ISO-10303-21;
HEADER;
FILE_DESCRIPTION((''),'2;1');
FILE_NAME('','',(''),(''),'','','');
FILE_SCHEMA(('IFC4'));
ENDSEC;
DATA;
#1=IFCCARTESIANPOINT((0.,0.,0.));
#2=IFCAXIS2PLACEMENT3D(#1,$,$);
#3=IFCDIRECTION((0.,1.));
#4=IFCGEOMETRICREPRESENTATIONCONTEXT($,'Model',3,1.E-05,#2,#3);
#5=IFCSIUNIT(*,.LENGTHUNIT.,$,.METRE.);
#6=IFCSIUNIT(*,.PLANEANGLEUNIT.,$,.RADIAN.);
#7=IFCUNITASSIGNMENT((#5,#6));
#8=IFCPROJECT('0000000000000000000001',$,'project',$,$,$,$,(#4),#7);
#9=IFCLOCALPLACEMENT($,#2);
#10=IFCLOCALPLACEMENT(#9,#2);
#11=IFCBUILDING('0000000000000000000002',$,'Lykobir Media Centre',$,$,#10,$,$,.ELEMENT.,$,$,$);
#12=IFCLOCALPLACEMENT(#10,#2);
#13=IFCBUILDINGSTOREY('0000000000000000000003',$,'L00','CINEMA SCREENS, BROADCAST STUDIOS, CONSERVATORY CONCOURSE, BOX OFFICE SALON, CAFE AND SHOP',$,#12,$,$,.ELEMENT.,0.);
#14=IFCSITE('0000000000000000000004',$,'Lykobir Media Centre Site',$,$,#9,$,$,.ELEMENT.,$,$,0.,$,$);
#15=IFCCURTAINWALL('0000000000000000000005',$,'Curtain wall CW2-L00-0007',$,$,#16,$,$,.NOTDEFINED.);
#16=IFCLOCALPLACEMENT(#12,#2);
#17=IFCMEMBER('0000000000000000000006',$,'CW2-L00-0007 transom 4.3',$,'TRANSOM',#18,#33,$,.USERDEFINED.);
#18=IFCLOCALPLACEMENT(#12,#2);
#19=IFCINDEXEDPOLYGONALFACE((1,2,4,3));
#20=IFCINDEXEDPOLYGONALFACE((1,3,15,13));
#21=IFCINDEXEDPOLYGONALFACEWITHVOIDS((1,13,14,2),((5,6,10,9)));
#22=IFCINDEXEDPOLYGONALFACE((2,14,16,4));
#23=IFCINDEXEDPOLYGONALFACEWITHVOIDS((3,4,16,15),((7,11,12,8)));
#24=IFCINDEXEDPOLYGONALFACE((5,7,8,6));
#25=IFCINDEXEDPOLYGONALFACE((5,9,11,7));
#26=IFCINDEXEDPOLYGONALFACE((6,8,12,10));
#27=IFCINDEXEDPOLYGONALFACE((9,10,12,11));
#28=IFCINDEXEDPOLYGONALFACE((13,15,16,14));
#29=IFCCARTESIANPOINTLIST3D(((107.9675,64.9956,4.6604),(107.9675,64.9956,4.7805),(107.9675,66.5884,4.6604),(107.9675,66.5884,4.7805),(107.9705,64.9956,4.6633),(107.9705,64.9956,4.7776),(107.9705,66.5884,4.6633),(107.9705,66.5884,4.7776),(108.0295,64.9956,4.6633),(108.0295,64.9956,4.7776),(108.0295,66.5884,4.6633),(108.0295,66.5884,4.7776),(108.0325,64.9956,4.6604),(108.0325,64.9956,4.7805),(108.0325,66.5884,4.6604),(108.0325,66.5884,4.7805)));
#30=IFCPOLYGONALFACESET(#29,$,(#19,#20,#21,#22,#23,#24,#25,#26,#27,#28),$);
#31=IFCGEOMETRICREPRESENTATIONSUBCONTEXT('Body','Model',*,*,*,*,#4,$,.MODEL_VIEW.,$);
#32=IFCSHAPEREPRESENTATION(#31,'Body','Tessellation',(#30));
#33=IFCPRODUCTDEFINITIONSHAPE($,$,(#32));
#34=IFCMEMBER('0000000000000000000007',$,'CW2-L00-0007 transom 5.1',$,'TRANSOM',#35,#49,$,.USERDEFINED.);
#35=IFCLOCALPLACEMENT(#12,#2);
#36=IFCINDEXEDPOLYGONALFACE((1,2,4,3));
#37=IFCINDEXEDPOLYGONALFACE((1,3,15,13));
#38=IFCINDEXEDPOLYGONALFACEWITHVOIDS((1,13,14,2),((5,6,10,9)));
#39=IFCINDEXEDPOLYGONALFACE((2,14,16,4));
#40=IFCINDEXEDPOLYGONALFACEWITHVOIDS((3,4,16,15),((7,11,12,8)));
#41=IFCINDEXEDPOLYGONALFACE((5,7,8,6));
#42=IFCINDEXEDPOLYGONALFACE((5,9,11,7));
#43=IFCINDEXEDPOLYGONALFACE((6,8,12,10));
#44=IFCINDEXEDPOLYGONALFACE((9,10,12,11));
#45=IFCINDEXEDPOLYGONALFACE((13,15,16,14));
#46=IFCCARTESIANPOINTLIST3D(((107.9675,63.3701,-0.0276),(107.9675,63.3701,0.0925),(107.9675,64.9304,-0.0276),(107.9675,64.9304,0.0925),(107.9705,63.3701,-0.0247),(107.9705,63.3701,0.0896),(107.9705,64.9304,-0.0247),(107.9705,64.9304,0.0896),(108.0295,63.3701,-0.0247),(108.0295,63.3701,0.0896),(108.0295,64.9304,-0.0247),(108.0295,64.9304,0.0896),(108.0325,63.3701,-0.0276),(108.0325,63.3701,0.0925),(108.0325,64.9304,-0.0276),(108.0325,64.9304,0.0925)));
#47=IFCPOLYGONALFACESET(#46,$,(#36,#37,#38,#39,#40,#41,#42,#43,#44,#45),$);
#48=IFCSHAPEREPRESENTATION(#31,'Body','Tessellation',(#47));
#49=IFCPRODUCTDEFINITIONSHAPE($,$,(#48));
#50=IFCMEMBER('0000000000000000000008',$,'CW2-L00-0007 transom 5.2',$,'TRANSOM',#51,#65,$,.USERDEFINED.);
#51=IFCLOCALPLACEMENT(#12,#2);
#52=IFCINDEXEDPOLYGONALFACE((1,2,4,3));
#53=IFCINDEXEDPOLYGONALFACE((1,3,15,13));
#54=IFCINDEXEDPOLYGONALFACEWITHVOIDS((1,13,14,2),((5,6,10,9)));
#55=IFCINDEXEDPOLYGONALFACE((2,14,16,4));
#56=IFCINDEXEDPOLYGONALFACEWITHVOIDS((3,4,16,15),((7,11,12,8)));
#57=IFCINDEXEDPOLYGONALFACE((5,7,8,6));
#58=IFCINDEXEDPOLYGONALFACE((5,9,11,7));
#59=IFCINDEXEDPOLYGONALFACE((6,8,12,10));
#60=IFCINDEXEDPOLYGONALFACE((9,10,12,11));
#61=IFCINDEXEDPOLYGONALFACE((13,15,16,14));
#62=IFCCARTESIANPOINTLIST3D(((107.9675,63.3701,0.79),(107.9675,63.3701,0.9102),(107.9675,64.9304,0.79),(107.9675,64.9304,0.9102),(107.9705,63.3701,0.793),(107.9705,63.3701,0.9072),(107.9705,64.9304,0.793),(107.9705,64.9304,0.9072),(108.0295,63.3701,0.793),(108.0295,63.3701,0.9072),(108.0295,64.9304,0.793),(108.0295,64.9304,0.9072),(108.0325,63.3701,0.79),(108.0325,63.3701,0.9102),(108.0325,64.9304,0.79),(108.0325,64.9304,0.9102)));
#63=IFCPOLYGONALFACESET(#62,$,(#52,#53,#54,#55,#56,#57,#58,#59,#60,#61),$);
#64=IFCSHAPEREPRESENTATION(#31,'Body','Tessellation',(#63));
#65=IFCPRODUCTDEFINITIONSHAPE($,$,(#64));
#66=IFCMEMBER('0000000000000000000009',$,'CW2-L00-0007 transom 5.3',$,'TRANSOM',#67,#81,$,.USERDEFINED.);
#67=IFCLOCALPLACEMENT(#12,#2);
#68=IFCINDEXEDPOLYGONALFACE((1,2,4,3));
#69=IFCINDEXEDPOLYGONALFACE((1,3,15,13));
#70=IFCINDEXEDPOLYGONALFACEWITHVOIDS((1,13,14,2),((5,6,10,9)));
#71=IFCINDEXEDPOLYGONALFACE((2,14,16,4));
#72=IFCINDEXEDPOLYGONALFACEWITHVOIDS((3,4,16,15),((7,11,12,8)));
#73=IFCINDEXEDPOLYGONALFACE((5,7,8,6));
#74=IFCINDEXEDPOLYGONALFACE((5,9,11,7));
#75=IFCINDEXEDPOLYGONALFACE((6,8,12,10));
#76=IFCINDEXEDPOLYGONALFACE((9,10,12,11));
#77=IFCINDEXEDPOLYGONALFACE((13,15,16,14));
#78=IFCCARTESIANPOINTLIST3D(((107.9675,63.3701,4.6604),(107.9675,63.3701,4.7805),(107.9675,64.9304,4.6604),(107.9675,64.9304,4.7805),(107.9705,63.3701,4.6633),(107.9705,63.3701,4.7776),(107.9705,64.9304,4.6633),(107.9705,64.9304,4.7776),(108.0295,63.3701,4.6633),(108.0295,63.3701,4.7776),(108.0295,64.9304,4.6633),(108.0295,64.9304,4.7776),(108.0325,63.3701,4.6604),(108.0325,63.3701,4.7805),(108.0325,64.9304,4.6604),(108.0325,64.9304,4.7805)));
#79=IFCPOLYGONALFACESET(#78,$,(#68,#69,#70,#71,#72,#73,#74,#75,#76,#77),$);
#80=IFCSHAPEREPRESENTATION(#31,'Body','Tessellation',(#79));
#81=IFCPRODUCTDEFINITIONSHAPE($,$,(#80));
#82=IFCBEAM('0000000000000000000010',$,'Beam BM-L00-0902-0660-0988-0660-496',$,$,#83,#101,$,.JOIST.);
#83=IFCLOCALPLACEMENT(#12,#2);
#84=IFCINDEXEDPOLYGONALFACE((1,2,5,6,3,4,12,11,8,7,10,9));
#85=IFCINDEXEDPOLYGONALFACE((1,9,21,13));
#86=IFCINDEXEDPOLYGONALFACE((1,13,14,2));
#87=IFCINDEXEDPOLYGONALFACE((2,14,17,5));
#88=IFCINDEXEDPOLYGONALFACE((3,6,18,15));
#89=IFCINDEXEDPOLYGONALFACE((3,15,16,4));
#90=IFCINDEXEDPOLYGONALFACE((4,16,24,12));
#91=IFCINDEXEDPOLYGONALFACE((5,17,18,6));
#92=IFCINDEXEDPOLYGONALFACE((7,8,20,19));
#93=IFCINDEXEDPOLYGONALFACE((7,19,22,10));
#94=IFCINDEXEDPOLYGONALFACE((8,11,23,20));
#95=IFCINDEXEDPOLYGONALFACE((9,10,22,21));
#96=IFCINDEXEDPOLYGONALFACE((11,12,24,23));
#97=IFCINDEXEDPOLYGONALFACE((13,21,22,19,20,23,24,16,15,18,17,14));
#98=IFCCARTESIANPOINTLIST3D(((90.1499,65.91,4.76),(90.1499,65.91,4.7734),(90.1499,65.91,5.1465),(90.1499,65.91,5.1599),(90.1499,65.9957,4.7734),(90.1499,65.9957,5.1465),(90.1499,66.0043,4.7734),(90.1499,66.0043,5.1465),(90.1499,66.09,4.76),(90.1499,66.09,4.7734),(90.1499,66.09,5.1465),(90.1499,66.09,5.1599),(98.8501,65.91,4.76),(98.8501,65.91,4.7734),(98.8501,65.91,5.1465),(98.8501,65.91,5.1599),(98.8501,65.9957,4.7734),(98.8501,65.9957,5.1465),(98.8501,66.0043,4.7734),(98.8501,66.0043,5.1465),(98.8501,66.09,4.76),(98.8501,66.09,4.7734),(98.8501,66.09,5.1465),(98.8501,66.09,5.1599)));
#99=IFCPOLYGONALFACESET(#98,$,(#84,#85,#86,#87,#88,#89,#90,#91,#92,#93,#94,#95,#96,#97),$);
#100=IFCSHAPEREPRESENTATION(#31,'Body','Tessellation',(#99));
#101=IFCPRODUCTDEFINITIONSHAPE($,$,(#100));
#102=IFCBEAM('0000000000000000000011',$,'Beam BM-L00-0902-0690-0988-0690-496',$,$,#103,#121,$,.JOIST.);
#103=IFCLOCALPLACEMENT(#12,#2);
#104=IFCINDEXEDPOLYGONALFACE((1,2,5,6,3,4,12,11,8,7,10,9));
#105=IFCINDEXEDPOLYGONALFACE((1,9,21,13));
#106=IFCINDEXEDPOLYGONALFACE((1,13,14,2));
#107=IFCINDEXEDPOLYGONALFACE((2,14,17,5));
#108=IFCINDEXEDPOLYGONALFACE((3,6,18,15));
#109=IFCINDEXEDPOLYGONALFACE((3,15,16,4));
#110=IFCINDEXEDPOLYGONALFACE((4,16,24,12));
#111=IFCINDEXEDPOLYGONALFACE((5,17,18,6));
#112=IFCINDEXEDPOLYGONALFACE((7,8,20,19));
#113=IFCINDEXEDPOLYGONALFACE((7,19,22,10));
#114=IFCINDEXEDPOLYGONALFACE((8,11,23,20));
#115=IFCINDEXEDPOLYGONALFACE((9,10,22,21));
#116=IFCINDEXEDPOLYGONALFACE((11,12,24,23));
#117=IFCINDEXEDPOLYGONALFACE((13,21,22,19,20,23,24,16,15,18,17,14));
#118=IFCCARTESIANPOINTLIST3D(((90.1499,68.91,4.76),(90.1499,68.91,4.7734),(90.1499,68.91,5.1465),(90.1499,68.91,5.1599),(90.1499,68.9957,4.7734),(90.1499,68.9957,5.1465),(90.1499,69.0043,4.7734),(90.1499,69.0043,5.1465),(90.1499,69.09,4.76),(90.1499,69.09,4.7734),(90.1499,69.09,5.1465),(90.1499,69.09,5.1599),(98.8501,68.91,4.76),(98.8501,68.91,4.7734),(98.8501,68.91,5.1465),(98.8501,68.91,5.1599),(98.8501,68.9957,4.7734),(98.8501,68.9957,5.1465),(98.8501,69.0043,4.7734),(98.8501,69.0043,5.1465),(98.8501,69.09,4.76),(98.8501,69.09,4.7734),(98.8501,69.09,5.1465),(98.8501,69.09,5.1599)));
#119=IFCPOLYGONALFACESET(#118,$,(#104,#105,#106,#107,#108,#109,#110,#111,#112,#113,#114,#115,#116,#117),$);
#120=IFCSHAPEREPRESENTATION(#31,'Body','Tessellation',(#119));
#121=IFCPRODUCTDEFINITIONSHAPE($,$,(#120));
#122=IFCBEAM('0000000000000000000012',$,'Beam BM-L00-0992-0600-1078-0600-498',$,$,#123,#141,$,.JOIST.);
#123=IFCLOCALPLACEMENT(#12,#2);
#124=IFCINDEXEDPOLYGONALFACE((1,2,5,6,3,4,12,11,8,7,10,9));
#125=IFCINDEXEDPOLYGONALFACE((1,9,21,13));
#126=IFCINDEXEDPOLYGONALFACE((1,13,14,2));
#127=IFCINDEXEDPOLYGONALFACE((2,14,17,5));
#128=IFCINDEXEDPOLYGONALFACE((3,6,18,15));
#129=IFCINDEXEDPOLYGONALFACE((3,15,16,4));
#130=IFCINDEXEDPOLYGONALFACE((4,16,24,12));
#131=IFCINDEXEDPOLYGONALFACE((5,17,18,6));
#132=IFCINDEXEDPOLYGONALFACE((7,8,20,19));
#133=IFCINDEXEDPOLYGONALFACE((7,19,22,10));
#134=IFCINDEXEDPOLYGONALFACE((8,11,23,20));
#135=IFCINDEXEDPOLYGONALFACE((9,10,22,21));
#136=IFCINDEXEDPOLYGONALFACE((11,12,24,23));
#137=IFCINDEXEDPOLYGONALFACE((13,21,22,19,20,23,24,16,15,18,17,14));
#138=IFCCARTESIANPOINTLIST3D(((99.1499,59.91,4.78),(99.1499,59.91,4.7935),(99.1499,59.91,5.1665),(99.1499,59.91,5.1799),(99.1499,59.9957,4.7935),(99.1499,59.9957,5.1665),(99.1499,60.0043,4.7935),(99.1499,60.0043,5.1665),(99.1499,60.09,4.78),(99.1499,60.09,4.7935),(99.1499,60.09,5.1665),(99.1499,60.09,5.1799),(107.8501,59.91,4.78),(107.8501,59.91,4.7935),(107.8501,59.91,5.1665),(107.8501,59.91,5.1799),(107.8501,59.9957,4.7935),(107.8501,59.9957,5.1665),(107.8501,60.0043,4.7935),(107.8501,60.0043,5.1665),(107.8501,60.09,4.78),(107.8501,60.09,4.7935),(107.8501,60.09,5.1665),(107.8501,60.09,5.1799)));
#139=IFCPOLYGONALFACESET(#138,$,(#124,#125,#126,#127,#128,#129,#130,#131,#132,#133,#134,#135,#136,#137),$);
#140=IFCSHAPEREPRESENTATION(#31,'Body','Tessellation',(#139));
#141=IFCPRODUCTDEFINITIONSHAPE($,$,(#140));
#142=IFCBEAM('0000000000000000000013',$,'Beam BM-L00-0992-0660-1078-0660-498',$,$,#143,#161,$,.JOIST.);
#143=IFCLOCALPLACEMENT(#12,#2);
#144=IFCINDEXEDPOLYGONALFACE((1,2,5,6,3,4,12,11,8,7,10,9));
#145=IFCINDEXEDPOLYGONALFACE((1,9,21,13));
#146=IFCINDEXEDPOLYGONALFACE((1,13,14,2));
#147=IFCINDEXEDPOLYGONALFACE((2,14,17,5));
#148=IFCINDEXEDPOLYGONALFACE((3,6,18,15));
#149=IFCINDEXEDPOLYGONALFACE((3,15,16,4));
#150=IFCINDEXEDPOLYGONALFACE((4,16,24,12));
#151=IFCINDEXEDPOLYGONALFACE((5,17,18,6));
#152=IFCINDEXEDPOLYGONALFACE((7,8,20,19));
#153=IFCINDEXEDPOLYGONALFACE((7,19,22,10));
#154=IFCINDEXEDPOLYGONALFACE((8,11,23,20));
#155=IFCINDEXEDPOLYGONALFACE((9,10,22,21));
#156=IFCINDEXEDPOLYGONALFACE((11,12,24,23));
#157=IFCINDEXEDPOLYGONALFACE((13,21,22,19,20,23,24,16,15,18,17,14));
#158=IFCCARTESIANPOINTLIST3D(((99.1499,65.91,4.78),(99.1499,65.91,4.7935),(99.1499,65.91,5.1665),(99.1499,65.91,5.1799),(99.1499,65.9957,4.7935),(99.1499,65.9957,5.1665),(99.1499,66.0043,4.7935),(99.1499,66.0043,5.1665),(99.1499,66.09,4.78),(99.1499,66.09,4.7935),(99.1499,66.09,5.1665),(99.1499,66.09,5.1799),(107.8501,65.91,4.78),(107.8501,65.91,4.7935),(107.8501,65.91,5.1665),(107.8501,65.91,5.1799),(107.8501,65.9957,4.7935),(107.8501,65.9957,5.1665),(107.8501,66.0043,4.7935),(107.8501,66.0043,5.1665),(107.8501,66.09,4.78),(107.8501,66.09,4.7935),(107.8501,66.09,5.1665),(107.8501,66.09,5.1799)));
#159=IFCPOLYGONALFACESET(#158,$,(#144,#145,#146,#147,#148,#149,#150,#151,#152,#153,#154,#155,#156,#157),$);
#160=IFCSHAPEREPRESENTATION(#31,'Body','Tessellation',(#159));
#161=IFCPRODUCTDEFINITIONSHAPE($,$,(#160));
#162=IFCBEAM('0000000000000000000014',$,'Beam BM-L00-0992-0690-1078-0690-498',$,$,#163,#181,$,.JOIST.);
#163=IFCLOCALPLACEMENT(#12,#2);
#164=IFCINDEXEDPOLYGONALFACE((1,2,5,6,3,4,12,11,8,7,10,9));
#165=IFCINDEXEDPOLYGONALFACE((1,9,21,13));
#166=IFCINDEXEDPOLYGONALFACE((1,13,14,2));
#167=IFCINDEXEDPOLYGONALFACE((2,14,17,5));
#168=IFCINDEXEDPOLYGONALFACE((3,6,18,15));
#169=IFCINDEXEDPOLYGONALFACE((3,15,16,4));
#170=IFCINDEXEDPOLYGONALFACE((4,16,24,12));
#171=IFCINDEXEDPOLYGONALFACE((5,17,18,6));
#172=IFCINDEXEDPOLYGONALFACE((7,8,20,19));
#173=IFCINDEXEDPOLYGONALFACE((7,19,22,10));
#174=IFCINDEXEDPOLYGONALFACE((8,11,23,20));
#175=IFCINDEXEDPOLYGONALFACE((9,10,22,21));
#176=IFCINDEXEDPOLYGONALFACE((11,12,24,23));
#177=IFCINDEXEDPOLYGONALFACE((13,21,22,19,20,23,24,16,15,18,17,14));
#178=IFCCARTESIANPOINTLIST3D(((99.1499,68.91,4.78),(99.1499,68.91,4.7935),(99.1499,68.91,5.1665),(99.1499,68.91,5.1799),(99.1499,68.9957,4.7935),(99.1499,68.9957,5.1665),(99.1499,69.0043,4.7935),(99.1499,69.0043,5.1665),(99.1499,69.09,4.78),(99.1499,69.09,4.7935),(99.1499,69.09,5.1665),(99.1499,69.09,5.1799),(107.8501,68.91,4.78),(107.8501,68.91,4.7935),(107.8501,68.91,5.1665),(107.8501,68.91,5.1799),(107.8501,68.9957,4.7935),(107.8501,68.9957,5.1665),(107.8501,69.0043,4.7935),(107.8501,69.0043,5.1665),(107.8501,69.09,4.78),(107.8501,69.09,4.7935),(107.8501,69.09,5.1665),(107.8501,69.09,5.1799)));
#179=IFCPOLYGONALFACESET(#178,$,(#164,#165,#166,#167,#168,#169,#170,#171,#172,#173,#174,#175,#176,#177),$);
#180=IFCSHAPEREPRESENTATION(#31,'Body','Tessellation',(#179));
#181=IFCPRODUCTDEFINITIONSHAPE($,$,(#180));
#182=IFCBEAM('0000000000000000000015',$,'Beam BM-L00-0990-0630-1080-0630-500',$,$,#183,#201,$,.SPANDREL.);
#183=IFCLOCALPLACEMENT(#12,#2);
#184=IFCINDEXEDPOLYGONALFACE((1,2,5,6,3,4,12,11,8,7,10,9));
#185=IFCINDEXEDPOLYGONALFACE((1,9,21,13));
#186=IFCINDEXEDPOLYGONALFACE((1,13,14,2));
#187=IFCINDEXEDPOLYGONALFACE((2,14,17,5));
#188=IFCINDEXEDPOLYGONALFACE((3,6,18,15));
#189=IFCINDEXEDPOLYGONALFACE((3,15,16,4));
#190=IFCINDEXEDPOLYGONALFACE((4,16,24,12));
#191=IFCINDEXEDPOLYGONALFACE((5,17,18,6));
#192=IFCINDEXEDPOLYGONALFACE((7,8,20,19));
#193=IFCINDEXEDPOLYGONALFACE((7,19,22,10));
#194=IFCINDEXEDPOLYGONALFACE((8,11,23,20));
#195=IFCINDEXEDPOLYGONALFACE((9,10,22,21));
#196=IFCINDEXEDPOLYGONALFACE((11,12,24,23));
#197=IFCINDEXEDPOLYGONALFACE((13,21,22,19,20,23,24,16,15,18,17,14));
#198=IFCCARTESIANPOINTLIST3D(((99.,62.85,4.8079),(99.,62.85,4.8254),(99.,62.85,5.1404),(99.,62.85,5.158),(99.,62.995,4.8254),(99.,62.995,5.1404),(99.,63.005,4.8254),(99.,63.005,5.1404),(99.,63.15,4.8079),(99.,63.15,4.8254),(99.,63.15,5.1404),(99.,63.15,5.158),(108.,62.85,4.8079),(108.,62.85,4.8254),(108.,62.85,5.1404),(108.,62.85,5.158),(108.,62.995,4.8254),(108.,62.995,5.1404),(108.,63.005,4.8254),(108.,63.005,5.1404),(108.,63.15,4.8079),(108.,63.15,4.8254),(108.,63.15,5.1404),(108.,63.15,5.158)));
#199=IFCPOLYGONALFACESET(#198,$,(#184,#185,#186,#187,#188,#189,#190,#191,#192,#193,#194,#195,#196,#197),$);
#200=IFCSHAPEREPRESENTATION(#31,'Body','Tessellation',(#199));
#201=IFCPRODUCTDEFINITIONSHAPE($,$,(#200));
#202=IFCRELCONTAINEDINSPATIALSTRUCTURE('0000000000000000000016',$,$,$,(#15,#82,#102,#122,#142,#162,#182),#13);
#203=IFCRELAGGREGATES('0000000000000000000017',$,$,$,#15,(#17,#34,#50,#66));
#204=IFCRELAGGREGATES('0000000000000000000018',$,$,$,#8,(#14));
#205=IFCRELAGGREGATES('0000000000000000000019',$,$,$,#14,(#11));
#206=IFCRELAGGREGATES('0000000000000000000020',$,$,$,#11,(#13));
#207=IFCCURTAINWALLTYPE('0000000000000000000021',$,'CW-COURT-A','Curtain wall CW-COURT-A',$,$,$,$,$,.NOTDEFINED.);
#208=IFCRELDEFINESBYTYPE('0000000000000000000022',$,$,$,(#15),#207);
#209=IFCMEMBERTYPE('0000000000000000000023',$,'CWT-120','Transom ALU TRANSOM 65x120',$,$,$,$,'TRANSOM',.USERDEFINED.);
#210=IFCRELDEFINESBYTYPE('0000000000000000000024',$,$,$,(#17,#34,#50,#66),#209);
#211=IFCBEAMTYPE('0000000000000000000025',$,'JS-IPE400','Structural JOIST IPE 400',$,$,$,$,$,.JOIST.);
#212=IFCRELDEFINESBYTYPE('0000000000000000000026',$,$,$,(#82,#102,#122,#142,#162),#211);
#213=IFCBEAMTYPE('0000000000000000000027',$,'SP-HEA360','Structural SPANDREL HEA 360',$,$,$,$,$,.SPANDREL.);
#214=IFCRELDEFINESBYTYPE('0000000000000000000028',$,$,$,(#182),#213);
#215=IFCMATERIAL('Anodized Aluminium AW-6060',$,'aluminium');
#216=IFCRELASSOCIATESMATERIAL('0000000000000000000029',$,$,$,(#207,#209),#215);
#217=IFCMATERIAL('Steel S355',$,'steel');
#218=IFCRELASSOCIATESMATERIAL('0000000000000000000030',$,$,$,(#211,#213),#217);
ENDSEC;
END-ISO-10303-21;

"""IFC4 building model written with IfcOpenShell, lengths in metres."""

from ifc_helpers import new_model, si_unit, direction, frame, origin, origin_2d, place, context, subcontext, project, spatial, hollow_rectangle, i_section, extrude, material, material_profile, profile_set, type_object, element, aggregate, save


model = new_model("IFC4")

# Units and contexts
model_context = context("Model", 3, precision=1e-05, world=origin(), true_north=direction((0.0, 1.0)))
body_context = subcontext(model_context, "Body", "Model", "MODEL_VIEW")
ifc_project = project(units=[si_unit("LENGTHUNIT", "METRE"), si_unit("PLANEANGLEUNIT", "RADIAN")], contexts=[model_context])

# Site, building, storey
site_placement = place(None, origin())
site = spatial("IfcSite", under=ifc_project, at=site_placement, Name="Lykobir Media Centre Site", CompositionType="ELEMENT", RefElevation=0.0)
building_placement = place(site_placement, origin())
building = spatial("IfcBuilding", under=site, at=building_placement, Name="Lykobir Media Centre", CompositionType="ELEMENT")
storey_placement = place(building_placement, origin())
storey = spatial("IfcBuildingStorey", under=building, at=storey_placement, Name="L00", Description="CINEMA SCREENS, BROADCAST STUDIOS, CONSERVATORY CONCOURSE, BOX OFFICE SALON, CAFE AND SHOP", CompositionType="ELEMENT", Elevation=0.0)

# Shared definitions
ifc_material_1 = material(Name="Steel S355", Category="steel")

# Curtain wall, members
ifc_material_2 = material(Name="Anodized Aluminium AW-6060", Category="aluminium")
curtain_wall_type = type_object("IfcCurtainWallType", Name="CW-COURT-A", Description="Curtain wall CW-COURT-A", PredefinedType="NOTDEFINED", material=ifc_material_2)
curtain_wall_placement = place(storey_placement, origin())
curtain_wall = element("IfcCurtainWall", 1, at=curtain_wall_placement, inside=storey, type_object=curtain_wall_type, Name="Curtain wall CW2-L00-0007", PredefinedType="NOTDEFINED")
ifc_material_profile_1 = material_profile(ifc_material_2, hollow_rectangle(XDim=0.0649, YDim=0.1201, WallThickness=0.0029, at=origin_2d()), Name="ALU TRANSOM 65x120")
ifc_profile_set_1 = profile_set([ifc_material_profile_1], Name="Anodized Aluminium AW-6060")
member_type_1 = type_object("IfcMemberType", Name="CWT-120", Description="Transom ALU TRANSOM 65x120", ElementType="TRANSOM", PredefinedType="USERDEFINED", material=ifc_profile_set_1)
member_1_placement = place(storey_placement, frame((108.0, 66.5884, 4.7205), z_axis=(0.0, -1.0, 0.0), x_axis=(1.0, 0.0, 0.0)))
member_1 = element("IfcMember", 2, at=member_1_placement, type_object=member_type_1, Name="CW2-L00-0007 transom 4.3", ObjectType="TRANSOM", PredefinedType="USERDEFINED", context=body_context, shape_type="SweptSolid", body=[
    extrude(hollow_rectangle(XDim=0.0649, YDim=0.1201, WallThickness=0.0029, at=origin_2d()), origin(), (0.0, 0.0, 1.0), 1.5928),
])
member_2_placement = place(storey_placement, frame((108.0, 64.9304, 0.0325), z_axis=(0.0, -1.0, 0.0), x_axis=(1.0, 0.0, 0.0)))
member_2 = element("IfcMember", 3, at=member_2_placement, type_object=member_type_1, Name="CW2-L00-0007 transom 5.1", ObjectType="TRANSOM", PredefinedType="USERDEFINED", context=body_context, shape_type="SweptSolid", body=[
    extrude(hollow_rectangle(XDim=0.0649, YDim=0.1201, WallThickness=0.0029, at=origin_2d()), origin(), (0.0, 0.0, 1.0), 1.5603),
])
member_3_placement = place(storey_placement, frame((108.0, 64.9304, 0.8501), z_axis=(0.0, -1.0, 0.0), x_axis=(1.0, 0.0, 0.0)))
member_3 = element("IfcMember", 4, at=member_3_placement, type_object=member_type_1, Name="CW2-L00-0007 transom 5.2", ObjectType="TRANSOM", PredefinedType="USERDEFINED", context=body_context, shape_type="SweptSolid", body=[
    extrude(hollow_rectangle(XDim=0.0649, YDim=0.1201, WallThickness=0.0029, at=origin_2d()), origin(), (0.0, 0.0, 1.0), 1.5603),
])
member_4_placement = place(storey_placement, frame((108.0, 64.9304, 4.7205), z_axis=(0.0, -1.0, 0.0), x_axis=(1.0, 0.0, 0.0)))
member_4 = element("IfcMember", 5, at=member_4_placement, type_object=member_type_1, Name="CW2-L00-0007 transom 5.3", ObjectType="TRANSOM", PredefinedType="USERDEFINED", context=body_context, shape_type="SweptSolid", body=[
    extrude(hollow_rectangle(XDim=0.0649, YDim=0.1201, WallThickness=0.0029, at=origin_2d()), origin(), (0.0, 0.0, 1.0), 1.5603),
])

# Beams
ifc_material_profile_2 = material_profile(ifc_material_1, i_section(OverallWidth=0.1799, OverallDepth=0.3999, WebThickness=0.0085, FlangeThickness=0.0134, at=origin_2d()), Name="IPE 400")
ifc_profile_set_2 = profile_set([ifc_material_profile_2], Name="Steel S355")
beam_type_1 = type_object("IfcBeamType", Name="JS-IPE400", Description="Structural JOIST IPE 400", PredefinedType="JOIST", material=ifc_profile_set_2)
for number, where, z_axis, x_axis, name in (
    (6, (90.1499, 66.0, 4.96), (1.0, 0.0, 0.0), (0.0, 1.0, 0.0), "Beam BM-L00-0902-0660-0988-0660-496"),
    (7, (90.1499, 69.0, 4.96), (1.0, 0.0, 0.0), (0.0, 1.0, 0.0), "Beam BM-L00-0902-0690-0988-0690-496"),
    (8, (99.1499, 60.0, 4.98), (1.0, 0.0, 0.0), (0.0, 1.0, 0.0), "Beam BM-L00-0992-0600-1078-0600-498"),
    (9, (99.1499, 66.0, 4.98), (1.0, 0.0, 0.0), (0.0, 1.0, 0.0), "Beam BM-L00-0992-0660-1078-0660-498"),
    (10, (99.1499, 69.0, 4.98), (1.0, 0.0, 0.0), (0.0, 1.0, 0.0), "Beam BM-L00-0992-0690-1078-0690-498"),
):
    element("IfcBeam", number, at=place(storey_placement, frame(where, z_axis=z_axis, x_axis=x_axis)), inside=storey, type_object=beam_type_1, Name=name, PredefinedType="JOIST", context=body_context, shape_type="SweptSolid", body=[
        extrude(i_section(OverallWidth=0.1799, OverallDepth=0.3999, WebThickness=0.0085, FlangeThickness=0.0134, at=origin_2d()), origin(), (0.0, 0.0, 1.0), 8.7002),
    ])
ifc_material_profile_3 = material_profile(ifc_material_1, i_section(OverallWidth=0.3, OverallDepth=0.3501, WebThickness=0.01, FlangeThickness=0.0176, at=origin_2d()), Name="HEA 360")
ifc_profile_set_3 = profile_set([ifc_material_profile_3], Name="Steel S355")
beam_type_2 = type_object("IfcBeamType", Name="SP-HEA360", Description="Structural SPANDREL HEA 360", PredefinedType="SPANDREL", material=ifc_profile_set_3)
for number, where, z_axis, x_axis, name in (
    (11, (99.0, 63.0, 4.9829), (1.0, 0.0, 0.0), (0.0, 1.0, 0.0), "Beam BM-L00-0990-0630-1080-0630-500"),
):
    element("IfcBeam", number, at=place(storey_placement, frame(where, z_axis=z_axis, x_axis=x_axis)), inside=storey, type_object=beam_type_2, Name=name, PredefinedType="SPANDREL", context=body_context, shape_type="SweptSolid", body=[
        extrude(i_section(OverallWidth=0.3, OverallDepth=0.3501, WebThickness=0.01, FlangeThickness=0.0176, at=origin_2d()), origin(), (0.0, 0.0, 1.0), 9.0),
    ])

aggregate(curtain_wall, [member_1, member_2, member_3, member_4])

save(model, "model.ifc")
